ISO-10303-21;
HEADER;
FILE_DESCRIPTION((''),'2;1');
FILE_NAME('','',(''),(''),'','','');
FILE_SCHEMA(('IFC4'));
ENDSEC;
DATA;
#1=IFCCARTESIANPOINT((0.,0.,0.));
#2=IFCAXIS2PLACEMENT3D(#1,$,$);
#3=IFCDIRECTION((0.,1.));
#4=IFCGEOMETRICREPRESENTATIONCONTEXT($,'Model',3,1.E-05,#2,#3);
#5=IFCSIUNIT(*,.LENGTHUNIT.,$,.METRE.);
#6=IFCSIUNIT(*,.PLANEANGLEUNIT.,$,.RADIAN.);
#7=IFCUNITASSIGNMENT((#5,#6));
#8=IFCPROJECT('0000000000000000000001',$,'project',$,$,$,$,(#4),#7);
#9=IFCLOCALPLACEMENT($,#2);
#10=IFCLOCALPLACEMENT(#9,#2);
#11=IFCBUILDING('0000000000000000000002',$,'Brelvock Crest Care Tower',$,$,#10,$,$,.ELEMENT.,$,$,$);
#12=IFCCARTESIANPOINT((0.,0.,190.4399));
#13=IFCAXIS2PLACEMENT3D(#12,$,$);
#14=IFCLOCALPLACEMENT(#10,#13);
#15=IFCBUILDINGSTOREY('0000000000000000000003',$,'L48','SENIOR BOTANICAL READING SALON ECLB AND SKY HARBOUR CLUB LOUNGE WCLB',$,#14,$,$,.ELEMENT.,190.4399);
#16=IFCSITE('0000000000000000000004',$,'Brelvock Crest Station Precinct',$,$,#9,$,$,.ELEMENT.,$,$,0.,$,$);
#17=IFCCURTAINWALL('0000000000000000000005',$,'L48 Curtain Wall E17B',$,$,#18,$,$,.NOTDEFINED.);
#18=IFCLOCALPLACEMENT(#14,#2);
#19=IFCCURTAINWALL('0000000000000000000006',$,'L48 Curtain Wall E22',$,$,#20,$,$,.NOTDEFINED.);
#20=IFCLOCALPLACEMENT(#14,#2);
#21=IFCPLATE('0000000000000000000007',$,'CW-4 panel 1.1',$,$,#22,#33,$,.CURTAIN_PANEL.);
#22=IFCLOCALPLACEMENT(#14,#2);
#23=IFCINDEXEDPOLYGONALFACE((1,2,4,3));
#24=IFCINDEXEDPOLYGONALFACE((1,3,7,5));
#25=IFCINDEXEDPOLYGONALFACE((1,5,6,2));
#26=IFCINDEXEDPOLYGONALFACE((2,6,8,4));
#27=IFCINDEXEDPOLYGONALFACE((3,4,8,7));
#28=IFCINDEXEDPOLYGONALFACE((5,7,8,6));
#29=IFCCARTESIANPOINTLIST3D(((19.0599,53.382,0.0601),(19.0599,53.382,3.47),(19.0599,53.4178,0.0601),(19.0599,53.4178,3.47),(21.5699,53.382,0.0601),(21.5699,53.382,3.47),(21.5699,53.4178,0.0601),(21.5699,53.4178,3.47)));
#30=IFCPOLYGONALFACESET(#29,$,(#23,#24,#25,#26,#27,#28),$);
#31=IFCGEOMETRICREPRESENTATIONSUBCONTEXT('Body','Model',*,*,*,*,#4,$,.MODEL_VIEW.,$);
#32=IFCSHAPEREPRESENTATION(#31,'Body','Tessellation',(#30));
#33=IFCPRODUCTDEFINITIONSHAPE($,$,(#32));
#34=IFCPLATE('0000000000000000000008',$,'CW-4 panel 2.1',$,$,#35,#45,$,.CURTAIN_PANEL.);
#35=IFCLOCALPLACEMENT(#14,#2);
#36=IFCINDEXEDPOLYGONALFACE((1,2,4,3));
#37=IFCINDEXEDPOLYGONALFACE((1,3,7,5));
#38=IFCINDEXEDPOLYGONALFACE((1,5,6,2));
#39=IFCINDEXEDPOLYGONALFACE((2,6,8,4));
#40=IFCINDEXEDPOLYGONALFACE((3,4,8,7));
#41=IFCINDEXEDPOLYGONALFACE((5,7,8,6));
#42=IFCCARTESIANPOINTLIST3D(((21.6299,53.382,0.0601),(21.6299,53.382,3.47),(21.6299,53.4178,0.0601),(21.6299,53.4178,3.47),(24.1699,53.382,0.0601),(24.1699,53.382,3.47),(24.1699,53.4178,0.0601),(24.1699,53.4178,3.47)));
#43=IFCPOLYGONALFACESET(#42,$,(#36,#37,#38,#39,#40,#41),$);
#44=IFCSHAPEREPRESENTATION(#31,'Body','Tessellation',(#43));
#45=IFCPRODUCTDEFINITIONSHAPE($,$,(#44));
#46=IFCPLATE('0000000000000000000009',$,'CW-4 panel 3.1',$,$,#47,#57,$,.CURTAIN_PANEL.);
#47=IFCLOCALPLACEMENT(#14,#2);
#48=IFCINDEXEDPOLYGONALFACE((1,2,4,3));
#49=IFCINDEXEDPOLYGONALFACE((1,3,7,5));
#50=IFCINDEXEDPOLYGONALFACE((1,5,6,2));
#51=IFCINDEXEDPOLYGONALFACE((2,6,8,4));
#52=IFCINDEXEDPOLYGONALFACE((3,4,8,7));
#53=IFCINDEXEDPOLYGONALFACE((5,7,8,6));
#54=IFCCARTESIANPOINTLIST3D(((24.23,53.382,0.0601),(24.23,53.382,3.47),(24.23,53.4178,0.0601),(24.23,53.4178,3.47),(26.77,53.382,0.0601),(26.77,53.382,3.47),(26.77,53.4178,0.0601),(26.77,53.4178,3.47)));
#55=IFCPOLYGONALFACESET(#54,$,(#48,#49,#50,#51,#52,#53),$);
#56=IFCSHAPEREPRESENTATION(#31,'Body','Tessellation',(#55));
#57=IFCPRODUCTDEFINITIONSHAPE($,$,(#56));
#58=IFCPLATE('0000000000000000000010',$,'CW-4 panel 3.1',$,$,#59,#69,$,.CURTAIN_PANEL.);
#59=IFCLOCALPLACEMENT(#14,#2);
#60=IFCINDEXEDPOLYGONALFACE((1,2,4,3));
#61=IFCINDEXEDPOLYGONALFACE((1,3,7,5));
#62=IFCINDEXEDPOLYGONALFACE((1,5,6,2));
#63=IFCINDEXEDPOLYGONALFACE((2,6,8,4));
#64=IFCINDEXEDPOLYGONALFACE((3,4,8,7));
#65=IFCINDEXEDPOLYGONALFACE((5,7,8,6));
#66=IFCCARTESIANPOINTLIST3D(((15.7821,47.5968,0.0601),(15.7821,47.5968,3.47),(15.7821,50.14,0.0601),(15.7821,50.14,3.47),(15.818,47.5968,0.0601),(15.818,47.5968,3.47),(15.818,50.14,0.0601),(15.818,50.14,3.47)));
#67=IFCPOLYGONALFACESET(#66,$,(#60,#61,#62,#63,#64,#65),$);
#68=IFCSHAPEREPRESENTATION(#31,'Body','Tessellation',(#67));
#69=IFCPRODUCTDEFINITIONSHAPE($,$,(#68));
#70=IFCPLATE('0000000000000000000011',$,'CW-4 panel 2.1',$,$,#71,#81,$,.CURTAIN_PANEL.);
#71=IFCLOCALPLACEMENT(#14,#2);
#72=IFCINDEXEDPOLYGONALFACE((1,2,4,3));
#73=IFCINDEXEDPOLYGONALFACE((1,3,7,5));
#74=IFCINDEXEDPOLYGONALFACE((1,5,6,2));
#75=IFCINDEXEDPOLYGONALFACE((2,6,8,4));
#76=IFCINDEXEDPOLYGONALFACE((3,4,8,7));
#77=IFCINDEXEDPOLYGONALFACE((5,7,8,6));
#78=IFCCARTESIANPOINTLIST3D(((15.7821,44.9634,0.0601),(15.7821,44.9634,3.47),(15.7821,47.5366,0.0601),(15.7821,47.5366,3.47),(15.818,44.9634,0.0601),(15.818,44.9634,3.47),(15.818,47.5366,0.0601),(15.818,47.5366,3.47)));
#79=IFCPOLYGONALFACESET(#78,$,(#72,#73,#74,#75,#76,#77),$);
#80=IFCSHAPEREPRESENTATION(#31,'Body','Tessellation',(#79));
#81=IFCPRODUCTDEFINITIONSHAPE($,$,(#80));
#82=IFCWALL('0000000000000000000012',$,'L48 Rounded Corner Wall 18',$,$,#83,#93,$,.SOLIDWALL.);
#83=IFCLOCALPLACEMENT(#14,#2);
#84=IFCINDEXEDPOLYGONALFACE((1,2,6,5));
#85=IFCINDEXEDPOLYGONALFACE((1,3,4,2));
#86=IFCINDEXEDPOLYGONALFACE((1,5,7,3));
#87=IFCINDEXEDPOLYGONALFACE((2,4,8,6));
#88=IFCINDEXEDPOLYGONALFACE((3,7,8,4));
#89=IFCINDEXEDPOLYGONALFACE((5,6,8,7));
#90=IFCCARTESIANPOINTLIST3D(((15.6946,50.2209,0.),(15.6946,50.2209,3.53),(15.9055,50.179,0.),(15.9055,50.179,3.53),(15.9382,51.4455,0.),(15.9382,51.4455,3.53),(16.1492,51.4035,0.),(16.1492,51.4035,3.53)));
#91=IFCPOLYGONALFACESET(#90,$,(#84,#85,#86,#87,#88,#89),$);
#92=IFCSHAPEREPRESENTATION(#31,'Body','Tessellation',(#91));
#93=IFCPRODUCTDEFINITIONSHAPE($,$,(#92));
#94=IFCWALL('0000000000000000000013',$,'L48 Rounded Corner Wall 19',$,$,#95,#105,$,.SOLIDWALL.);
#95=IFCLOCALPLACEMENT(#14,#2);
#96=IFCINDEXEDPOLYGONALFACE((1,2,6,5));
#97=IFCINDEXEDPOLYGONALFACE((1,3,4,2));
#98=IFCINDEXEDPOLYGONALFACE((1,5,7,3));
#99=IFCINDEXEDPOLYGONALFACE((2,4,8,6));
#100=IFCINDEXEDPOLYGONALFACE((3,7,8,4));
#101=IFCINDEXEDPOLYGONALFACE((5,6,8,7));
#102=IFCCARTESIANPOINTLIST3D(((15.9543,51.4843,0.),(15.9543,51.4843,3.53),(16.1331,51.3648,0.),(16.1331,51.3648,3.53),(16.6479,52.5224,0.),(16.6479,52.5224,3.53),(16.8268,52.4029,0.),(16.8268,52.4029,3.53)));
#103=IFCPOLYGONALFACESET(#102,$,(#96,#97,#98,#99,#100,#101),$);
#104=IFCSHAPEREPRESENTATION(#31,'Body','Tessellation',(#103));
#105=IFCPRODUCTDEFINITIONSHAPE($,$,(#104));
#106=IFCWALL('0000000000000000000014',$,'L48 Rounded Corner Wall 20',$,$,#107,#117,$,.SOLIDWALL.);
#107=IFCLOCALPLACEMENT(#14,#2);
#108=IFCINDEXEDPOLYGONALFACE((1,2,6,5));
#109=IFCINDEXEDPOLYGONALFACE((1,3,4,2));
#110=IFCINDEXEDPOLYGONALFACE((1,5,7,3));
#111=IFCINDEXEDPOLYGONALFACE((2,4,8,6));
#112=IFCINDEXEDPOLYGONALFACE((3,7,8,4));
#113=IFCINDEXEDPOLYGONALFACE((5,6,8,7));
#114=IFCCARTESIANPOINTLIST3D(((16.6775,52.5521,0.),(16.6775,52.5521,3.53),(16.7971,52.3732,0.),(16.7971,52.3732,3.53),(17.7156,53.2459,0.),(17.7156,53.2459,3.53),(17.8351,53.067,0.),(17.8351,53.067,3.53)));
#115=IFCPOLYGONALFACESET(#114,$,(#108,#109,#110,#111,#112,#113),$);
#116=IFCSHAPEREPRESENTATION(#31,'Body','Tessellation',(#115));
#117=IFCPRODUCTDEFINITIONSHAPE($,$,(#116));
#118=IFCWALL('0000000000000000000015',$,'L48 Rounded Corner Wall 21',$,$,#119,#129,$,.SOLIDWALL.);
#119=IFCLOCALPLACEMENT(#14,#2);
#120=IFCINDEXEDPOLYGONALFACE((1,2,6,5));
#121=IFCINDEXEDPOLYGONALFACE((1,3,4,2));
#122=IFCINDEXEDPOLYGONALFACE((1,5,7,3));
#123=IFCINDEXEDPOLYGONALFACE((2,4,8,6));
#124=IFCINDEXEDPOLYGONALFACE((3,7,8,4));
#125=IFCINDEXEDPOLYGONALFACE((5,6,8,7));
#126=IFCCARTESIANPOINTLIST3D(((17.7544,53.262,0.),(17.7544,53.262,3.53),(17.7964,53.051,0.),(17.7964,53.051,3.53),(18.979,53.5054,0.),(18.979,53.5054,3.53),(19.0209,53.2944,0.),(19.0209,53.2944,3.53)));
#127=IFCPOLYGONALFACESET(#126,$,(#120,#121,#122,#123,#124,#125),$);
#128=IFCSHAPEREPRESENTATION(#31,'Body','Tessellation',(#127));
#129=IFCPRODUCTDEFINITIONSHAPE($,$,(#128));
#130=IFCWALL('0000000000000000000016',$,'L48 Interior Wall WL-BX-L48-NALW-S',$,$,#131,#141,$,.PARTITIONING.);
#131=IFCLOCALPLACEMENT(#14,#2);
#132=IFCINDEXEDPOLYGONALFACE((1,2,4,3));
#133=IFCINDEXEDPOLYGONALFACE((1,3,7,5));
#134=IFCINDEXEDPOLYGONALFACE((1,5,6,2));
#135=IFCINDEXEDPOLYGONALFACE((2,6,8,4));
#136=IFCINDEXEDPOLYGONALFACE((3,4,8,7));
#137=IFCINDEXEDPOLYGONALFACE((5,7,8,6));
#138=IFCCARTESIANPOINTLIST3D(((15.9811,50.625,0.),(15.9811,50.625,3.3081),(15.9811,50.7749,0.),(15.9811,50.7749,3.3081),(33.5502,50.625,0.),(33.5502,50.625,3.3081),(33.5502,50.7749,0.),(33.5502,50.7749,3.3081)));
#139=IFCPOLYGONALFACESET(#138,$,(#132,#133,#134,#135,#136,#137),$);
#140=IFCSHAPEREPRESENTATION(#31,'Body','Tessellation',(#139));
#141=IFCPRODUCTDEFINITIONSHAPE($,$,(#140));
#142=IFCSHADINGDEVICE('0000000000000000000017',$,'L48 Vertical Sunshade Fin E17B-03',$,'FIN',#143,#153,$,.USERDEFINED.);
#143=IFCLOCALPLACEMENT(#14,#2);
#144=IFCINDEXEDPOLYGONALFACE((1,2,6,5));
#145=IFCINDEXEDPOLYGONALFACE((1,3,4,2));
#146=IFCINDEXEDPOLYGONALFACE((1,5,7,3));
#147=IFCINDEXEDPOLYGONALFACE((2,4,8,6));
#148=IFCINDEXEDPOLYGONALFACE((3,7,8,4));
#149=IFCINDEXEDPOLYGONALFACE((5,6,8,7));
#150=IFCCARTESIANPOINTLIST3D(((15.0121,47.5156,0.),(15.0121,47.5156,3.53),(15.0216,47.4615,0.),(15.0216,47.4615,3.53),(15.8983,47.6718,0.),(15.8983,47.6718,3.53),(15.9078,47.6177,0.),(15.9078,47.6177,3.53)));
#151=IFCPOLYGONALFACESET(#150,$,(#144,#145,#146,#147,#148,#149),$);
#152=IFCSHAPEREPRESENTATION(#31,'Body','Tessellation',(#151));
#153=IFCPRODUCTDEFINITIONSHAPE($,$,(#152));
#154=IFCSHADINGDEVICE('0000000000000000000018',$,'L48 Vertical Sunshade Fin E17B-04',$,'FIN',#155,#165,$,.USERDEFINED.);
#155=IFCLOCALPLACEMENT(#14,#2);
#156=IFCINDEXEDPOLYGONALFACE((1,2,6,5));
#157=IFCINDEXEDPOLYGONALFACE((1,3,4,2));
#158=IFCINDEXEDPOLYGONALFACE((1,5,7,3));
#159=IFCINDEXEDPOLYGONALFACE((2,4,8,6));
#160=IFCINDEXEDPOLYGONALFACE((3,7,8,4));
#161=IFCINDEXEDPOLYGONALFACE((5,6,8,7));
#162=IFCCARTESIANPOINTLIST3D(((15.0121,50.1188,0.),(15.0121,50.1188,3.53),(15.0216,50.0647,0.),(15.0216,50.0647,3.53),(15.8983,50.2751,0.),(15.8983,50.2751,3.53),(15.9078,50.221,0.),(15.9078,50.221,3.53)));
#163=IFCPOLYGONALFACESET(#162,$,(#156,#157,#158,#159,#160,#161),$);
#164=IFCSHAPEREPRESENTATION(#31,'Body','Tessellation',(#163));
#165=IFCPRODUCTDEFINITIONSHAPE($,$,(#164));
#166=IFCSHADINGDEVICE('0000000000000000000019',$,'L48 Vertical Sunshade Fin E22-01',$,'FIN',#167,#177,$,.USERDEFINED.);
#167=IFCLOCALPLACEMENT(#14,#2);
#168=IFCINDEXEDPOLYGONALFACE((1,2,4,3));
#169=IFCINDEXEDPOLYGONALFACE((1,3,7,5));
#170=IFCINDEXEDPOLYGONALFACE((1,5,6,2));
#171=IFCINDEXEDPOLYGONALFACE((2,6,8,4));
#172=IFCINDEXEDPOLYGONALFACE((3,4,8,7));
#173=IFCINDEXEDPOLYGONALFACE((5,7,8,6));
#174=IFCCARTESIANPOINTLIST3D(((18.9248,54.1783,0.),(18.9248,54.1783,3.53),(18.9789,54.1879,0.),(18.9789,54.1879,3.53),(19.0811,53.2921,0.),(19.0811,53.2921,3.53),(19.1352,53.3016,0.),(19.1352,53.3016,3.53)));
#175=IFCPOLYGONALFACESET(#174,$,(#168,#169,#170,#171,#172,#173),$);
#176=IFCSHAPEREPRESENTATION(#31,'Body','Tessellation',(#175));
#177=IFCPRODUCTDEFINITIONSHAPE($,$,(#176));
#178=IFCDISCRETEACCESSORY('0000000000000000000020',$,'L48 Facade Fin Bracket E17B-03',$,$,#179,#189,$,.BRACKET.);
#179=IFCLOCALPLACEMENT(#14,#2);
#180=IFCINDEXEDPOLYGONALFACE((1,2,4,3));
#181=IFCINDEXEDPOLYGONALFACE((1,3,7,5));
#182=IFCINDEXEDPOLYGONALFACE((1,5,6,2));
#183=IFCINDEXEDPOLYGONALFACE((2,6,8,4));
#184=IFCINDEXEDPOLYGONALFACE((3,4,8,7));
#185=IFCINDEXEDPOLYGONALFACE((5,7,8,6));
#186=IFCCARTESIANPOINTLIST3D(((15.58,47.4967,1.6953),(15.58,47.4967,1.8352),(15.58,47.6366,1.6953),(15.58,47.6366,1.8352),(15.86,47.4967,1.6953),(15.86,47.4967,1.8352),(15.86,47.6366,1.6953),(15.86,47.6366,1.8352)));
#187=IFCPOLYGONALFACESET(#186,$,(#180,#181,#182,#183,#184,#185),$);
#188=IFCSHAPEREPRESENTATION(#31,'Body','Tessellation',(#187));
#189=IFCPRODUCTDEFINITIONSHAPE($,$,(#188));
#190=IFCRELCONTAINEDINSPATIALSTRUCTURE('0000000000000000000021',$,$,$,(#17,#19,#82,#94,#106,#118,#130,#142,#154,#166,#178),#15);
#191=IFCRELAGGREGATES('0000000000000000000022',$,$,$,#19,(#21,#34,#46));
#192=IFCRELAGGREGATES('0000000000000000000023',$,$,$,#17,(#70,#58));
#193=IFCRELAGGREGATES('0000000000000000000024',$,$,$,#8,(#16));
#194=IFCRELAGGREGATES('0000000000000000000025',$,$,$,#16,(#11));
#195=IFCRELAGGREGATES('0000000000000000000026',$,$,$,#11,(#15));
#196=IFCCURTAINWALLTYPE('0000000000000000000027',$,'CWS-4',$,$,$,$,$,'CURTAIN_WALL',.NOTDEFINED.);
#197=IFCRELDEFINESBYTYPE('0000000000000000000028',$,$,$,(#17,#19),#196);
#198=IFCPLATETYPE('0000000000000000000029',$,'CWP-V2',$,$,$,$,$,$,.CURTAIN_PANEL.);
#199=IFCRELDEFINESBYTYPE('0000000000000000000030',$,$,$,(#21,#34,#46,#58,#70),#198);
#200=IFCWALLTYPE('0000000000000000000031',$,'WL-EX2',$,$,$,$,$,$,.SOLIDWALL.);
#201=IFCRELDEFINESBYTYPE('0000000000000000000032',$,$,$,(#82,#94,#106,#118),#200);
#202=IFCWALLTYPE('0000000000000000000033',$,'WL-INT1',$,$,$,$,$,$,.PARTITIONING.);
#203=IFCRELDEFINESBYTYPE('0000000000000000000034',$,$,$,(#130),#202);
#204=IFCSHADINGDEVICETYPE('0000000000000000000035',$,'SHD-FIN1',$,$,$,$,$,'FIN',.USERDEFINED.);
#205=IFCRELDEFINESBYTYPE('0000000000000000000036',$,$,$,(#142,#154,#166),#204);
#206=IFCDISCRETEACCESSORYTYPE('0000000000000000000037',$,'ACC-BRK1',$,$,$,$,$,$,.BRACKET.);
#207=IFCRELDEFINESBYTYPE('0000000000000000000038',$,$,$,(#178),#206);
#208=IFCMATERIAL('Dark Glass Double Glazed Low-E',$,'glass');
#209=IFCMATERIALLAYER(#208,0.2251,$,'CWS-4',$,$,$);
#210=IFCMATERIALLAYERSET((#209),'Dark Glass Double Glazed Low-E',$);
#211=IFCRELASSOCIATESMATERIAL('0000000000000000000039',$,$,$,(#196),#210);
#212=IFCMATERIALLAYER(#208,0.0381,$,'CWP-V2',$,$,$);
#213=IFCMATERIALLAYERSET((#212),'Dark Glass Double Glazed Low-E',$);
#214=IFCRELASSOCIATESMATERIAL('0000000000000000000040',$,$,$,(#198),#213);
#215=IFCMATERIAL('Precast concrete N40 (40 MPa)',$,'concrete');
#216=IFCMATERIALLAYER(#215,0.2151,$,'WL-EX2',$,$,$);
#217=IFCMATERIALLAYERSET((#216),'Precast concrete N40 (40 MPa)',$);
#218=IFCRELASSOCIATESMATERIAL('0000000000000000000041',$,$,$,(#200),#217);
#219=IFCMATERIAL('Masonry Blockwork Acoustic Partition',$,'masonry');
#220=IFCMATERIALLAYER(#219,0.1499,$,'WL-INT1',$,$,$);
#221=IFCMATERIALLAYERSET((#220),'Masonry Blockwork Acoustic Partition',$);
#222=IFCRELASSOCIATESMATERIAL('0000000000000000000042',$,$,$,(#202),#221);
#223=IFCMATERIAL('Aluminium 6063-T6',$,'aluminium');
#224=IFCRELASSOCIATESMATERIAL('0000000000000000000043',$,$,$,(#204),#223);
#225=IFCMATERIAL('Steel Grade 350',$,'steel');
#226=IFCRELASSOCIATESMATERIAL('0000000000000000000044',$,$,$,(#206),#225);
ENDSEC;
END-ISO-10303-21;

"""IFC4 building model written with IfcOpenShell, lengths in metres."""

from ifc_helpers import new_model, si_unit, direction, frame, frame_2d, origin, origin_2d, place, context, subcontext, project, spatial, rectangle, extrude, source, transform, mapped, material, layer, layer_set, material_profile, profile_set, type_object, element, aggregate, save


model = new_model("IFC4")

# Units and contexts
model_context = context("Model", 3, precision=1e-05, world=origin(), true_north=direction((0.0, 1.0)))
body_context = subcontext(model_context, "Body", "Model", "MODEL_VIEW")
ifc_project = project(units=[si_unit("LENGTHUNIT", "METRE"), si_unit("PLANEANGLEUNIT", "RADIAN")], contexts=[model_context])

# Site, building, storey
site_placement = place(None, origin())
site = spatial("IfcSite", under=ifc_project, at=site_placement, Name="Brelvock Crest Station Precinct", CompositionType="ELEMENT", RefElevation=0.0)
building_placement = place(site_placement, origin())
building = spatial("IfcBuilding", under=site, at=building_placement, Name="Brelvock Crest Care Tower", CompositionType="ELEMENT")
storey_placement = place(building_placement, frame((0.0, 0.0, 190.4399)))
storey = spatial("IfcBuildingStorey", under=building, at=storey_placement, Name="L48", Description="SENIOR BOTANICAL READING SALON ECLB AND SKY HARBOUR CLUB LOUNGE WCLB", CompositionType="ELEMENT", Elevation=190.4399)

# Shared definitions
ifc_material_1 = material(Name="Steel Grade 350", Category="steel")

# Curtain walls
ifc_material_2 = material(Name="Dark Glass Double Glazed Low-E", Category="glass")
ifc_layer_1 = layer(ifc_material_2, 0.2251, Name="CWS-4")
ifc_layer_set_1 = layer_set([ifc_layer_1], Name="Dark Glass Double Glazed Low-E")
curtain_wall_type = type_object("IfcCurtainWallType", Name="CWS-4", ElementType="CURTAIN_WALL", PredefinedType="NOTDEFINED", material=ifc_layer_set_1)
curtain_wall_1_placement = place(storey_placement, origin())
curtain_wall_1 = element("IfcCurtainWall", 1, at=curtain_wall_1_placement, inside=storey, type_object=curtain_wall_type, Name="L48 Curtain Wall E17B", PredefinedType="NOTDEFINED")
ifc_material_3 = material(Name="Aluminium 6063-T6", Category="aluminium")
curtain_wall_2_placement = place(storey_placement, origin())
curtain_wall_2 = element("IfcCurtainWall", 2, at=curtain_wall_2_placement, inside=storey, type_object=curtain_wall_type, Name="L48 Curtain Wall E22", PredefinedType="NOTDEFINED")

# Plates
ifc_layer_2 = layer(ifc_material_2, 0.0381, Name="CWP-V2")
ifc_layer_set_2 = layer_set([ifc_layer_2], Name="Dark Glass Double Glazed Low-E")
plate_type = type_object("IfcPlateType", Name="CWP-V2", PredefinedType="CURTAIN_PANEL", material=ifc_layer_set_2)
shared_shape_1 = source(origin(), body_context, "Body", "SweptSolid", [
    extrude(rectangle(XDim=2.51, YDim=0.0359, at=origin_2d()), origin(), (0.0, 0.0, 1.0), 3.4099),
])
plate_1_placement = place(storey_placement, frame((20.3149, 53.3999, 0.0601), z_axis=(0.0, 0.0, 1.0), x_axis=(1.0, 0.0, 0.0)))
plate_1 = element("IfcPlate", 3, at=plate_1_placement, type_object=plate_type, Name="CW-4 panel 1.1", PredefinedType="CURTAIN_PANEL", context=body_context, shape_type="MappedRepresentation", body=[
    mapped(shared_shape_1, transform((0.0, 0.0, 0.0), x_axis=(1.0, 0.0, 0.0), y_axis=(0.0, 1.0, 0.0), z_axis=(0.0, 0.0, 1.0), scale=1.0)),
])
shared_shape_2 = source(origin(), body_context, "Body", "SweptSolid", [
    extrude(rectangle(XDim=2.54, YDim=0.0359, at=origin_2d()), origin(), (0.0, 0.0, 1.0), 3.4099),
])
plate_2_placement = place(storey_placement, frame((22.8999, 53.3999, 0.0601), z_axis=(0.0, 0.0, 1.0), x_axis=(1.0, 0.0, 0.0)))
plate_2 = element("IfcPlate", 4, at=plate_2_placement, type_object=plate_type, Name="CW-4 panel 2.1", PredefinedType="CURTAIN_PANEL", context=body_context, shape_type="MappedRepresentation", body=[
    mapped(shared_shape_2, transform((0.0, 0.0, 0.0), x_axis=(1.0, 0.0, 0.0), y_axis=(0.0, 1.0, 0.0), z_axis=(0.0, 0.0, 1.0), scale=1.0)),
])
plate_3_placement = place(storey_placement, frame((25.5, 53.3999, 0.0601), z_axis=(0.0, 0.0, 1.0), x_axis=(1.0, 0.0, 0.0)))
plate_3 = element("IfcPlate", 5, at=plate_3_placement, type_object=plate_type, Name="CW-4 panel 3.1", PredefinedType="CURTAIN_PANEL", context=body_context, shape_type="MappedRepresentation", body=[
    mapped(shared_shape_2, transform((0.0, 0.0, 0.0), x_axis=(1.0, 0.0, 0.0), y_axis=(0.0, 1.0, 0.0), z_axis=(0.0, 0.0, 1.0), scale=1.0)),
])
aggregate(curtain_wall_2, [plate_1, plate_2, plate_3])
shared_shape_3 = source(origin(), body_context, "Body", "SweptSolid", [
    extrude(rectangle(XDim=2.5432, YDim=0.0359, at=origin_2d()), origin(), (0.0, 0.0, 1.0), 3.4099),
])
plate_4_placement = place(storey_placement, frame((15.8, 48.8684, 0.0601), z_axis=(0.0, 0.0, 1.0), x_axis=(0.0, 1.0, 0.0)))
plate_4 = element("IfcPlate", 6, at=plate_4_placement, type_object=plate_type, Name="CW-4 panel 3.1", PredefinedType="CURTAIN_PANEL", context=body_context, shape_type="MappedRepresentation", body=[
    mapped(shared_shape_3, transform((0.0, 0.0, 0.0), x_axis=(1.0, 0.0, 0.0), y_axis=(0.0, 1.0, 0.0), z_axis=(0.0, 0.0, 1.0), scale=1.0)),
])
shared_shape_4 = source(origin(), body_context, "Body", "SweptSolid", [
    extrude(rectangle(XDim=2.5732, YDim=0.0359, at=origin_2d()), origin(), (0.0, 0.0, 1.0), 3.4099),
])
plate_5_placement = place(storey_placement, frame((15.8, 46.25, 0.0601), z_axis=(0.0, 0.0, 1.0), x_axis=(0.0, 1.0, 0.0)))
plate_5 = element("IfcPlate", 7, at=plate_5_placement, type_object=plate_type, Name="CW-4 panel 2.1", PredefinedType="CURTAIN_PANEL", context=body_context, shape_type="MappedRepresentation", body=[
    mapped(shared_shape_4, transform((0.0, 0.0, 0.0), x_axis=(1.0, 0.0, 0.0), y_axis=(0.0, 1.0, 0.0), z_axis=(0.0, 0.0, 1.0), scale=1.0)),
])
aggregate(curtain_wall_1, [plate_5, plate_4])

# Walls
ifc_material_4 = material(Name="Precast concrete N40 (40 MPa)", Category="concrete")
ifc_layer_3 = layer(ifc_material_4, 0.2151, Name="WL-EX2")
ifc_layer_set_3 = layer_set([ifc_layer_3], Name="Precast concrete N40 (40 MPa)")
wall_type_1 = type_object("IfcWallType", Name="WL-EX2", PredefinedType="SOLIDWALL", material=ifc_layer_set_3)
for number, where, z_axis, x_axis, name in (
    (8, (15.8, 50.2, 0.0), (0.0, 0.0, 1.0), (0.195138, 0.980776, 0.0), "L48 Rounded Corner Wall 18"),
    (9, (16.0437, 51.4246, 0.0), (0.0, 0.0, 1.0), (0.555557, 0.831478, 0.0), "L48 Rounded Corner Wall 19"),
    (10, (16.7373, 52.4626, 0.0), (0.0, 0.0, 1.0), (0.831388, 0.555692, 0.0), "L48 Rounded Corner Wall 20"),
    (11, (17.7754, 53.1565, 0.0), (0.0, 0.0, 1.0), (0.980813, 0.19495, 0.0), "L48 Rounded Corner Wall 21"),
):
    element("IfcWall", number, at=place(storey_placement, frame(where, z_axis=z_axis, x_axis=x_axis)), inside=storey, type_object=wall_type_1, Name=name, PredefinedType="SOLIDWALL", context=body_context, shape_type="SweptSolid", body=[
        extrude(rectangle(XDim=1.2485, YDim=0.2151, at=frame_2d((0.6243, 0.0))), origin(), (0.0, 0.0, 1.0), 3.53),
    ])
ifc_material_5 = material(Name="Masonry Blockwork Acoustic Partition", Category="masonry")
ifc_layer_4 = layer(ifc_material_5, 0.1499, Name="WL-INT1")
ifc_layer_set_4 = layer_set([ifc_layer_4], Name="Masonry Blockwork Acoustic Partition")
wall_type_2 = type_object("IfcWallType", Name="WL-INT1", PredefinedType="PARTITIONING", material=ifc_layer_set_4)
wall_placement = place(storey_placement, frame((15.981, 50.7, 0.0), z_axis=(0.0, 0.0, 1.0), x_axis=(1.0, 0.0, 0.0)))
element("IfcWall", 12, at=wall_placement, inside=storey, type_object=wall_type_2, Name="L48 Interior Wall WL-BX-L48-NALW-S", PredefinedType="PARTITIONING", context=body_context, shape_type="SweptSolid", body=[
    extrude(rectangle(XDim=17.5691, YDim=0.1499, at=frame_2d((8.7847, 0.0))), origin(), (0.0, 0.0, 1.0), 3.3081),
])

# Shading devices
ifc_material_profile_1 = material_profile(ifc_material_3, rectangle(XDim=0.0549, YDim=0.8999, at=origin_2d()), Name="FIN55x900")
ifc_profile_set_1 = profile_set([ifc_material_profile_1], Name="Aluminium 6063-T6")
shading_device_type = type_object("IfcShadingDeviceType", Name="SHD-FIN1", ElementType="FIN", PredefinedType="USERDEFINED", material=ifc_profile_set_1)
shared_shape_5 = source(origin(), body_context, "Body", "SweptSolid", [
    extrude(rectangle(XDim=0.0549, YDim=0.8999, at=origin_2d()), origin(), (0.0, 0.0, 1.0), 3.53),
])
for number, where, z_axis, x_axis, name in (
    (13, (15.46, 47.5667, 0.0), (0.0, 0.0, 1.0), (-0.173648, 0.984808, 0.0), "L48 Vertical Sunshade Fin E17B-03"),
    (14, (15.46, 50.1699, 0.0), (0.0, 0.0, 1.0), (-0.173648, 0.984808, 0.0), "L48 Vertical Sunshade Fin E17B-04"),
    (15, (19.03, 53.74, 0.0), (0.0, 0.0, 1.0), (0.984808, 0.173648, 0.0), "L48 Vertical Sunshade Fin E22-01"),
):
    element("IfcShadingDevice", number, at=place(storey_placement, frame(where, z_axis=z_axis, x_axis=x_axis)), inside=storey, type_object=shading_device_type, Name=name, ObjectType="FIN", PredefinedType="USERDEFINED", context=body_context, shape_type="MappedRepresentation", body=[
        mapped(shared_shape_5, transform((0.0, 0.0, 0.0), x_axis=(1.0, 0.0, 0.0), y_axis=(0.0, 1.0, 0.0), z_axis=(0.0, 0.0, 1.0), scale=1.0)),
    ])

# Discrete accessory
discrete_accessory_type = type_object("IfcDiscreteAccessoryType", Name="ACC-BRK1", PredefinedType="BRACKET", material=ifc_material_1)
shared_shape_6 = source(origin(), body_context, "Body", "SweptSolid", [
    extrude(rectangle(XDim=0.28, YDim=0.1399, at=origin_2d()), origin(), (0.0, 0.0, 1.0), 0.1399),
])
for number, where, z_axis, x_axis, name in (
    (16, (15.72, 47.5667, 1.6953), (0.0, 0.0, 1.0), (-1.0, 0.0, 0.0), "L48 Facade Fin Bracket E17B-03"),
):
    element("IfcDiscreteAccessory", number, at=place(storey_placement, frame(where, z_axis=z_axis, x_axis=x_axis)), inside=storey, type_object=discrete_accessory_type, Name=name, PredefinedType="BRACKET", context=body_context, shape_type="MappedRepresentation", body=[
        mapped(shared_shape_6, transform((0.0, 0.0, 0.0), x_axis=(1.0, 0.0, 0.0), y_axis=(0.0, 1.0, 0.0), z_axis=(0.0, 0.0, 1.0), scale=1.0)),
    ])

save(model, "model.ifc")
